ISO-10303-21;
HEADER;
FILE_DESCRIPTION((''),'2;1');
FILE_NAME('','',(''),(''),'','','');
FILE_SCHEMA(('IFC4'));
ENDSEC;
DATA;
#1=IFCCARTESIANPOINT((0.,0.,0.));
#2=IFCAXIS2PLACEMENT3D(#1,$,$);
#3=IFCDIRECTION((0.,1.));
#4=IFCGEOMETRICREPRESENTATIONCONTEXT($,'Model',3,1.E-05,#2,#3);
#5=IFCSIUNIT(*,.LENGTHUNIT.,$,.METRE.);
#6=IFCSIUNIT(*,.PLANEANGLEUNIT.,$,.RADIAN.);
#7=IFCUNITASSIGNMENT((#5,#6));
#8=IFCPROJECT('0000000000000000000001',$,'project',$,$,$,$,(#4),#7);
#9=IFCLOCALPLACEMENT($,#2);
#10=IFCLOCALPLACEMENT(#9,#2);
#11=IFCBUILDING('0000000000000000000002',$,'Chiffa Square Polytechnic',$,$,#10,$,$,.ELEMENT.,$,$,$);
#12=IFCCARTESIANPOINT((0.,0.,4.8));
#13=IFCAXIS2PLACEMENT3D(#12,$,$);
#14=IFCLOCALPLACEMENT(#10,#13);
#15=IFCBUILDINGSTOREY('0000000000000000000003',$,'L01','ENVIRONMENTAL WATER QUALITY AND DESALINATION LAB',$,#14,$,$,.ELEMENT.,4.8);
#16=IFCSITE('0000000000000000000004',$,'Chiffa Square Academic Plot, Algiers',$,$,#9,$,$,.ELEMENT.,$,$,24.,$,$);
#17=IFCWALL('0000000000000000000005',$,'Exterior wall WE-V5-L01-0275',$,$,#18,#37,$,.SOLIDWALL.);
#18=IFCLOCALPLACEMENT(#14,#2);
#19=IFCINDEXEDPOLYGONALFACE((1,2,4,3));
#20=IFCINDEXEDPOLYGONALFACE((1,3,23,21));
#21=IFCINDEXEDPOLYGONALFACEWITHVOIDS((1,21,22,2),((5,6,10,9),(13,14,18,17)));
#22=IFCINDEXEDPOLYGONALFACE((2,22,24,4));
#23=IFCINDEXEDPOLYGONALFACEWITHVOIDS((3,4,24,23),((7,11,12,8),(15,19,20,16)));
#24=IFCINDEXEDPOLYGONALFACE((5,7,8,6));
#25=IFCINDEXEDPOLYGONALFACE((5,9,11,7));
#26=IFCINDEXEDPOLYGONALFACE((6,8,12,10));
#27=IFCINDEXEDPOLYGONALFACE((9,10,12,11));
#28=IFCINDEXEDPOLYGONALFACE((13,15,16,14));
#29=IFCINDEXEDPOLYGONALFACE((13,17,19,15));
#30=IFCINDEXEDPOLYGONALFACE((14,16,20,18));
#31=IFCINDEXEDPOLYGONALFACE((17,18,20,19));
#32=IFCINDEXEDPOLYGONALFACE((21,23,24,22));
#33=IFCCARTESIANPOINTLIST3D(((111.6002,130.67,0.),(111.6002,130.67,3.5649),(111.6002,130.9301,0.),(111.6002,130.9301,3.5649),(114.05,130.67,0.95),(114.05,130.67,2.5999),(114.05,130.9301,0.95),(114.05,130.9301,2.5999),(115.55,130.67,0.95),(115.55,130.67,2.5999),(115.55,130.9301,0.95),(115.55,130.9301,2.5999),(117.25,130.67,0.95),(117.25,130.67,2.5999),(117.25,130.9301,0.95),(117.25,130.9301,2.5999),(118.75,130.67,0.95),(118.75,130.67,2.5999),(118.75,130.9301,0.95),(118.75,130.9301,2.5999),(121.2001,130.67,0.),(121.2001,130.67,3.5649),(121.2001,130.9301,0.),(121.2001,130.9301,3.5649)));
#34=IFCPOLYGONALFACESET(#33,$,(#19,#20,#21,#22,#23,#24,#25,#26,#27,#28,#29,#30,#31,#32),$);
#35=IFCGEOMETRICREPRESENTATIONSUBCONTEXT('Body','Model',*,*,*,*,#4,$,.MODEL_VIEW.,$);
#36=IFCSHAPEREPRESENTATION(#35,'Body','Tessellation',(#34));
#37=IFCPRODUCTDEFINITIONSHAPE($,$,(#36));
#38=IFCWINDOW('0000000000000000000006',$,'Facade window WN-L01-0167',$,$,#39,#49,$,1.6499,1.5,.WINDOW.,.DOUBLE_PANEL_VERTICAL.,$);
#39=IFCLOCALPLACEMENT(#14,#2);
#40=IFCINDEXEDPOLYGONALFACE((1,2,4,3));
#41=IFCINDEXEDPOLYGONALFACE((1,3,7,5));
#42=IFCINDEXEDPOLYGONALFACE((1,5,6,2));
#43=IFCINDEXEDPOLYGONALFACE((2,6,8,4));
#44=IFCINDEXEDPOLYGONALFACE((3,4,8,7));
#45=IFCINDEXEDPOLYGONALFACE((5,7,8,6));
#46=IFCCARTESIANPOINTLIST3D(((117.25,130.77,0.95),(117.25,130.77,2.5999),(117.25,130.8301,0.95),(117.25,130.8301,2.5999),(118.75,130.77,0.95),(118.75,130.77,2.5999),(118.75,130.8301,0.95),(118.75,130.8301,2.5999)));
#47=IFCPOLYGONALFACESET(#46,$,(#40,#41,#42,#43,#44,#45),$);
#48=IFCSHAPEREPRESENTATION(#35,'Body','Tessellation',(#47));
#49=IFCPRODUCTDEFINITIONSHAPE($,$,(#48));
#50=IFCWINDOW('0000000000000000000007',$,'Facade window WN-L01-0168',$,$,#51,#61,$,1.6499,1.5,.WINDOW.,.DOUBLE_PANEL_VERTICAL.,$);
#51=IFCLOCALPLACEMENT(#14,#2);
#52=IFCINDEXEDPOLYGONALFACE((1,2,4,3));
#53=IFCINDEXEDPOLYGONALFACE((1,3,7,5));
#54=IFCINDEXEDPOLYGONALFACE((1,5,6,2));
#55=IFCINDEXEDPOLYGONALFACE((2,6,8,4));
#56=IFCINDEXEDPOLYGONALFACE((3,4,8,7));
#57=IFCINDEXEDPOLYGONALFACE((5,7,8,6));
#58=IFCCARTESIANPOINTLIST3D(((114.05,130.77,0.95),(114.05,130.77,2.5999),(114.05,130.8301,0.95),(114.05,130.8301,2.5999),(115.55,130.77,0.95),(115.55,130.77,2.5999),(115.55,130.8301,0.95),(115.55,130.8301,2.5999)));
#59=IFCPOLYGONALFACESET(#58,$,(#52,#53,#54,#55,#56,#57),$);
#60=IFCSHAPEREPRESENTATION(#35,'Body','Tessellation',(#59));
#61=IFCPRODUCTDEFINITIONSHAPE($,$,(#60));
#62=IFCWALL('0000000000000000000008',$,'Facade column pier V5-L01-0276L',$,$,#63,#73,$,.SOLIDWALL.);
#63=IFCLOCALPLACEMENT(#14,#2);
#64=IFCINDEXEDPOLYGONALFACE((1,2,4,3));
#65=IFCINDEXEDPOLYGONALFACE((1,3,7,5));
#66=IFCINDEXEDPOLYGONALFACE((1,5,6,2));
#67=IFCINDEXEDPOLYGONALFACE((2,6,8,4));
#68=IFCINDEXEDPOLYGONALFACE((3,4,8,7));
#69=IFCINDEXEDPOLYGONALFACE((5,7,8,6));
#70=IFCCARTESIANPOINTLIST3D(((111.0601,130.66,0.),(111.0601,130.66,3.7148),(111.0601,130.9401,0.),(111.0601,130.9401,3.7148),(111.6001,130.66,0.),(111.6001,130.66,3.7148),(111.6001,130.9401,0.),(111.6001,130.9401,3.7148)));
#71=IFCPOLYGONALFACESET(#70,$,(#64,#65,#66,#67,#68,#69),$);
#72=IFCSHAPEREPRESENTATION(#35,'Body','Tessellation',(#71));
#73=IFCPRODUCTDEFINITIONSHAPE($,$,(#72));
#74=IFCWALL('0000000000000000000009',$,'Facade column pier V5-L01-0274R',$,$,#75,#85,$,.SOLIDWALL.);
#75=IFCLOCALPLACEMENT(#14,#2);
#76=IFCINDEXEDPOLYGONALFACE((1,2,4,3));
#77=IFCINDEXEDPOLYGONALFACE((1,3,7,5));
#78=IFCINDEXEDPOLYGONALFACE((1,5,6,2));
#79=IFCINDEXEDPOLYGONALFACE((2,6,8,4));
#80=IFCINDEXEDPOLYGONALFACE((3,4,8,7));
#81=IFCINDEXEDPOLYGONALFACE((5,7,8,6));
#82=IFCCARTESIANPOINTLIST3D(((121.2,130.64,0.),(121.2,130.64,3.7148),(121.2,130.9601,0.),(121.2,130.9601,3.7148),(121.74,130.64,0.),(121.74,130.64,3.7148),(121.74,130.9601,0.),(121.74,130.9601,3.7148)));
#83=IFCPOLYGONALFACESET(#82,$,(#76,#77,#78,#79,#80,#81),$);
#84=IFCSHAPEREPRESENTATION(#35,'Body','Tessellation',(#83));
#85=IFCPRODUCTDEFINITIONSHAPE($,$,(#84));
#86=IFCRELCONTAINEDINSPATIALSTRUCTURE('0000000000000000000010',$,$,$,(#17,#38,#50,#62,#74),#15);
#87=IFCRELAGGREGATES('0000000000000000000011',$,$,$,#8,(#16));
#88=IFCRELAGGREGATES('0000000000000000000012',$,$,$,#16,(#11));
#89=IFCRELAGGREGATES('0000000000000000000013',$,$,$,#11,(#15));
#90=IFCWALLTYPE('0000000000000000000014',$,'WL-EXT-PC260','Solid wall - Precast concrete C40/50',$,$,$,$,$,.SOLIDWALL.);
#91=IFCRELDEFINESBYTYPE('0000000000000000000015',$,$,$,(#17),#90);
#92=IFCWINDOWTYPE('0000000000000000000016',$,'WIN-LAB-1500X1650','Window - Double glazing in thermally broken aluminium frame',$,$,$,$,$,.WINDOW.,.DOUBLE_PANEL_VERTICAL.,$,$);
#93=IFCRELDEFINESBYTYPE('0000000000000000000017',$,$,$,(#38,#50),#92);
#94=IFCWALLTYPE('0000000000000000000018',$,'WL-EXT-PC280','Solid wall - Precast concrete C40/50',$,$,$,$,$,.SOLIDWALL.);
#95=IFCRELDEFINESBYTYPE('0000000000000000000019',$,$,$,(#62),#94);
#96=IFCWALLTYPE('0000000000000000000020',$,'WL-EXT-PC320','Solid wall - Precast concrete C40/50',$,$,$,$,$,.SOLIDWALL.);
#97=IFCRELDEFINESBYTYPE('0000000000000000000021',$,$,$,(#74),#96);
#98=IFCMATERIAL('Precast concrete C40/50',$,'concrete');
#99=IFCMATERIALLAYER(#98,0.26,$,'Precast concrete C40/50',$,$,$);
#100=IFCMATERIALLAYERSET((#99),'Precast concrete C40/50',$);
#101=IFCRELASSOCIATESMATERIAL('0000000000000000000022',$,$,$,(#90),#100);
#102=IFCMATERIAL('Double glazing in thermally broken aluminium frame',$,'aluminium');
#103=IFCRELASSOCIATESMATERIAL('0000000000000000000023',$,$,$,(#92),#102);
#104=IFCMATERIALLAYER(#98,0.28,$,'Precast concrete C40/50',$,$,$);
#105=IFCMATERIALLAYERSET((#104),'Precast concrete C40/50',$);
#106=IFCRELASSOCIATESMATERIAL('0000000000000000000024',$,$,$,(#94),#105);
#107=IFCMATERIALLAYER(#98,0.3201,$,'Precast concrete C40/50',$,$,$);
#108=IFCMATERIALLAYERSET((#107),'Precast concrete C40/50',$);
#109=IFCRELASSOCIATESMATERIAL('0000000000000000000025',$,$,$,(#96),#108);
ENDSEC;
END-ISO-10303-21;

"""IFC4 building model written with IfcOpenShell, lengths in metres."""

from ifc_helpers import new_model, si_unit, direction, frame, frame_2d, origin, place, context, subcontext, project, spatial, rectangle, extrude, material, layer, layer_set, type_object, element, fill, save


model = new_model("IFC4")

# Units and contexts
model_context = context("Model", 3, precision=1e-05, world=origin(), true_north=direction((0.0, 1.0)))
body_context = subcontext(model_context, "Body", "Model", "MODEL_VIEW")
ifc_project = project(units=[si_unit("LENGTHUNIT", "METRE"), si_unit("PLANEANGLEUNIT", "RADIAN")], contexts=[model_context])

# Site, building, storey
site_placement = place(None, origin())
site = spatial("IfcSite", under=ifc_project, at=site_placement, Name="Chiffa Square Academic Plot, Algiers", CompositionType="ELEMENT", RefElevation=24.0)
building_placement = place(site_placement, origin())
building = spatial("IfcBuilding", under=site, at=building_placement, Name="Chiffa Square Polytechnic", CompositionType="ELEMENT")
storey_placement = place(building_placement, frame((0.0, 0.0, 4.8)))
storey = spatial("IfcBuildingStorey", under=building, at=storey_placement, Name="L01", Description="ENVIRONMENTAL WATER QUALITY AND DESALINATION LAB", CompositionType="ELEMENT", Elevation=4.8)

# Wall, openings, windows
ifc_material_1 = material(Name="Precast concrete C40/50", Category="concrete")
ifc_layer_1 = layer(ifc_material_1, 0.26, Name="Precast concrete C40/50")
ifc_layer_set_1 = layer_set([ifc_layer_1], Name="Precast concrete C40/50")
wall_type_1 = type_object("IfcWallType", Name="WL-EXT-PC260", Description="Solid wall - Precast concrete C40/50", PredefinedType="SOLIDWALL", material=ifc_layer_set_1)
wall_1_placement = place(storey_placement, frame((121.2, 130.8, 0.0), z_axis=(0.0, 0.0, 1.0), x_axis=(-1.0, 0.0, 0.0)))
wall_1 = element("IfcWall", 1, at=wall_1_placement, inside=storey, type_object=wall_type_1, Name="Exterior wall WE-V5-L01-0275", PredefinedType="SOLIDWALL", context=body_context, shape_type="SweptSolid", body=[
    extrude(rectangle(XDim=9.5999, YDim=0.26, at=frame_2d((4.7998, 0.0))), origin(), (0.0, 0.0, 1.0), 3.5649),
])
opening_1_placement = place(wall_1_placement, frame((2.45, 0.0, 0.95)))
opening_1 = element("IfcOpeningElement", 2, at=opening_1_placement, cuts=wall_1, PredefinedType="OPENING", context=body_context, shape_type="SweptSolid", body=[
    extrude(rectangle(XDim=1.5, YDim=1.6499, at=frame_2d((0.75, 0.825))), frame((0.0, 0.1401, 0.0), z_axis=(0.0, -1.0, 0.0), x_axis=(1.0, 0.0, 0.0)), (0.0, 0.0, 1.0), 0.28),
])
opening_2_placement = place(wall_1_placement, frame((5.6499, 0.0, 0.95)))
opening_2 = element("IfcOpeningElement", 3, at=opening_2_placement, cuts=wall_1, PredefinedType="OPENING", context=body_context, shape_type="SweptSolid", body=[
    extrude(rectangle(XDim=1.5, YDim=1.6499, at=frame_2d((0.75, 0.825))), frame((0.0, 0.1401, 0.0), z_axis=(0.0, -1.0, 0.0), x_axis=(1.0, 0.0, 0.0)), (0.0, 0.0, 1.0), 0.28),
])
ifc_material_2 = material(Name="Double glazing in thermally broken aluminium frame", Category="aluminium")
window_type = type_object("IfcWindowType", Name="WIN-LAB-1500X1650", Description="Window - Double glazing in thermally broken aluminium frame", PartitioningType="DOUBLE_PANEL_VERTICAL", PredefinedType="WINDOW", material=ifc_material_2)
window_1_placement = place(opening_1_placement, origin())
window_1 = element("IfcWindow", 4, at=window_1_placement, inside=storey, type_object=window_type, Name="Facade window WN-L01-0167", OverallHeight=1.6499, OverallWidth=1.5, PartitioningType="DOUBLE_PANEL_VERTICAL", PredefinedType="WINDOW", context=body_context, shape_type="SweptSolid", body=[
    extrude(rectangle(XDim=1.5, YDim=1.6499, at=frame_2d((0.75, 0.825))), frame((0.0, 0.03, 0.0), z_axis=(0.0, -1.0, 0.0), x_axis=(1.0, 0.0, 0.0)), (0.0, 0.0, 1.0), 0.0601),
])
fill(opening_1, window_1)
window_2_placement = place(opening_2_placement, origin())
window_2 = element("IfcWindow", 5, at=window_2_placement, inside=storey, type_object=window_type, Name="Facade window WN-L01-0168", OverallHeight=1.6499, OverallWidth=1.5, PartitioningType="DOUBLE_PANEL_VERTICAL", PredefinedType="WINDOW", context=body_context, shape_type="SweptSolid", body=[
    extrude(rectangle(XDim=1.5, YDim=1.6499, at=frame_2d((0.75, 0.825))), frame((0.0, 0.03, 0.0), z_axis=(0.0, -1.0, 0.0), x_axis=(1.0, 0.0, 0.0)), (0.0, 0.0, 1.0), 0.0601),
])
fill(opening_2, window_2)

# Walls
ifc_layer_2 = layer(ifc_material_1, 0.28, Name="Precast concrete C40/50")
ifc_layer_set_2 = layer_set([ifc_layer_2], Name="Precast concrete C40/50")
wall_type_2 = type_object("IfcWallType", Name="WL-EXT-PC280", Description="Solid wall - Precast concrete C40/50", PredefinedType="SOLIDWALL", material=ifc_layer_set_2)
wall_2_placement = place(storey_placement, frame((111.6001, 130.8, 0.0), z_axis=(0.0, 0.0, 1.0), x_axis=(-1.0, 0.0, 0.0)))
element("IfcWall", 6, at=wall_2_placement, inside=storey, type_object=wall_type_2, Name="Facade column pier V5-L01-0276L", PredefinedType="SOLIDWALL", context=body_context, shape_type="SweptSolid", body=[
    extrude(rectangle(XDim=0.54, YDim=0.28, at=frame_2d((0.27, 0.0))), origin(), (0.0, 0.0, 1.0), 3.7148),
])
ifc_layer_3 = layer(ifc_material_1, 0.3201, Name="Precast concrete C40/50")
ifc_layer_set_3 = layer_set([ifc_layer_3], Name="Precast concrete C40/50")
wall_type_3 = type_object("IfcWallType", Name="WL-EXT-PC320", Description="Solid wall - Precast concrete C40/50", PredefinedType="SOLIDWALL", material=ifc_layer_set_3)
wall_3_placement = place(storey_placement, frame((121.74, 130.8, 0.0), z_axis=(0.0, 0.0, 1.0), x_axis=(-1.0, 0.0, 0.0)))
element("IfcWall", 7, at=wall_3_placement, inside=storey, type_object=wall_type_3, Name="Facade column pier V5-L01-0274R", PredefinedType="SOLIDWALL", context=body_context, shape_type="SweptSolid", body=[
    extrude(rectangle(XDim=0.54, YDim=0.3201, at=frame_2d((0.27, 0.0))), origin(), (0.0, 0.0, 1.0), 3.7148),
])

save(model, "model.ifc")
